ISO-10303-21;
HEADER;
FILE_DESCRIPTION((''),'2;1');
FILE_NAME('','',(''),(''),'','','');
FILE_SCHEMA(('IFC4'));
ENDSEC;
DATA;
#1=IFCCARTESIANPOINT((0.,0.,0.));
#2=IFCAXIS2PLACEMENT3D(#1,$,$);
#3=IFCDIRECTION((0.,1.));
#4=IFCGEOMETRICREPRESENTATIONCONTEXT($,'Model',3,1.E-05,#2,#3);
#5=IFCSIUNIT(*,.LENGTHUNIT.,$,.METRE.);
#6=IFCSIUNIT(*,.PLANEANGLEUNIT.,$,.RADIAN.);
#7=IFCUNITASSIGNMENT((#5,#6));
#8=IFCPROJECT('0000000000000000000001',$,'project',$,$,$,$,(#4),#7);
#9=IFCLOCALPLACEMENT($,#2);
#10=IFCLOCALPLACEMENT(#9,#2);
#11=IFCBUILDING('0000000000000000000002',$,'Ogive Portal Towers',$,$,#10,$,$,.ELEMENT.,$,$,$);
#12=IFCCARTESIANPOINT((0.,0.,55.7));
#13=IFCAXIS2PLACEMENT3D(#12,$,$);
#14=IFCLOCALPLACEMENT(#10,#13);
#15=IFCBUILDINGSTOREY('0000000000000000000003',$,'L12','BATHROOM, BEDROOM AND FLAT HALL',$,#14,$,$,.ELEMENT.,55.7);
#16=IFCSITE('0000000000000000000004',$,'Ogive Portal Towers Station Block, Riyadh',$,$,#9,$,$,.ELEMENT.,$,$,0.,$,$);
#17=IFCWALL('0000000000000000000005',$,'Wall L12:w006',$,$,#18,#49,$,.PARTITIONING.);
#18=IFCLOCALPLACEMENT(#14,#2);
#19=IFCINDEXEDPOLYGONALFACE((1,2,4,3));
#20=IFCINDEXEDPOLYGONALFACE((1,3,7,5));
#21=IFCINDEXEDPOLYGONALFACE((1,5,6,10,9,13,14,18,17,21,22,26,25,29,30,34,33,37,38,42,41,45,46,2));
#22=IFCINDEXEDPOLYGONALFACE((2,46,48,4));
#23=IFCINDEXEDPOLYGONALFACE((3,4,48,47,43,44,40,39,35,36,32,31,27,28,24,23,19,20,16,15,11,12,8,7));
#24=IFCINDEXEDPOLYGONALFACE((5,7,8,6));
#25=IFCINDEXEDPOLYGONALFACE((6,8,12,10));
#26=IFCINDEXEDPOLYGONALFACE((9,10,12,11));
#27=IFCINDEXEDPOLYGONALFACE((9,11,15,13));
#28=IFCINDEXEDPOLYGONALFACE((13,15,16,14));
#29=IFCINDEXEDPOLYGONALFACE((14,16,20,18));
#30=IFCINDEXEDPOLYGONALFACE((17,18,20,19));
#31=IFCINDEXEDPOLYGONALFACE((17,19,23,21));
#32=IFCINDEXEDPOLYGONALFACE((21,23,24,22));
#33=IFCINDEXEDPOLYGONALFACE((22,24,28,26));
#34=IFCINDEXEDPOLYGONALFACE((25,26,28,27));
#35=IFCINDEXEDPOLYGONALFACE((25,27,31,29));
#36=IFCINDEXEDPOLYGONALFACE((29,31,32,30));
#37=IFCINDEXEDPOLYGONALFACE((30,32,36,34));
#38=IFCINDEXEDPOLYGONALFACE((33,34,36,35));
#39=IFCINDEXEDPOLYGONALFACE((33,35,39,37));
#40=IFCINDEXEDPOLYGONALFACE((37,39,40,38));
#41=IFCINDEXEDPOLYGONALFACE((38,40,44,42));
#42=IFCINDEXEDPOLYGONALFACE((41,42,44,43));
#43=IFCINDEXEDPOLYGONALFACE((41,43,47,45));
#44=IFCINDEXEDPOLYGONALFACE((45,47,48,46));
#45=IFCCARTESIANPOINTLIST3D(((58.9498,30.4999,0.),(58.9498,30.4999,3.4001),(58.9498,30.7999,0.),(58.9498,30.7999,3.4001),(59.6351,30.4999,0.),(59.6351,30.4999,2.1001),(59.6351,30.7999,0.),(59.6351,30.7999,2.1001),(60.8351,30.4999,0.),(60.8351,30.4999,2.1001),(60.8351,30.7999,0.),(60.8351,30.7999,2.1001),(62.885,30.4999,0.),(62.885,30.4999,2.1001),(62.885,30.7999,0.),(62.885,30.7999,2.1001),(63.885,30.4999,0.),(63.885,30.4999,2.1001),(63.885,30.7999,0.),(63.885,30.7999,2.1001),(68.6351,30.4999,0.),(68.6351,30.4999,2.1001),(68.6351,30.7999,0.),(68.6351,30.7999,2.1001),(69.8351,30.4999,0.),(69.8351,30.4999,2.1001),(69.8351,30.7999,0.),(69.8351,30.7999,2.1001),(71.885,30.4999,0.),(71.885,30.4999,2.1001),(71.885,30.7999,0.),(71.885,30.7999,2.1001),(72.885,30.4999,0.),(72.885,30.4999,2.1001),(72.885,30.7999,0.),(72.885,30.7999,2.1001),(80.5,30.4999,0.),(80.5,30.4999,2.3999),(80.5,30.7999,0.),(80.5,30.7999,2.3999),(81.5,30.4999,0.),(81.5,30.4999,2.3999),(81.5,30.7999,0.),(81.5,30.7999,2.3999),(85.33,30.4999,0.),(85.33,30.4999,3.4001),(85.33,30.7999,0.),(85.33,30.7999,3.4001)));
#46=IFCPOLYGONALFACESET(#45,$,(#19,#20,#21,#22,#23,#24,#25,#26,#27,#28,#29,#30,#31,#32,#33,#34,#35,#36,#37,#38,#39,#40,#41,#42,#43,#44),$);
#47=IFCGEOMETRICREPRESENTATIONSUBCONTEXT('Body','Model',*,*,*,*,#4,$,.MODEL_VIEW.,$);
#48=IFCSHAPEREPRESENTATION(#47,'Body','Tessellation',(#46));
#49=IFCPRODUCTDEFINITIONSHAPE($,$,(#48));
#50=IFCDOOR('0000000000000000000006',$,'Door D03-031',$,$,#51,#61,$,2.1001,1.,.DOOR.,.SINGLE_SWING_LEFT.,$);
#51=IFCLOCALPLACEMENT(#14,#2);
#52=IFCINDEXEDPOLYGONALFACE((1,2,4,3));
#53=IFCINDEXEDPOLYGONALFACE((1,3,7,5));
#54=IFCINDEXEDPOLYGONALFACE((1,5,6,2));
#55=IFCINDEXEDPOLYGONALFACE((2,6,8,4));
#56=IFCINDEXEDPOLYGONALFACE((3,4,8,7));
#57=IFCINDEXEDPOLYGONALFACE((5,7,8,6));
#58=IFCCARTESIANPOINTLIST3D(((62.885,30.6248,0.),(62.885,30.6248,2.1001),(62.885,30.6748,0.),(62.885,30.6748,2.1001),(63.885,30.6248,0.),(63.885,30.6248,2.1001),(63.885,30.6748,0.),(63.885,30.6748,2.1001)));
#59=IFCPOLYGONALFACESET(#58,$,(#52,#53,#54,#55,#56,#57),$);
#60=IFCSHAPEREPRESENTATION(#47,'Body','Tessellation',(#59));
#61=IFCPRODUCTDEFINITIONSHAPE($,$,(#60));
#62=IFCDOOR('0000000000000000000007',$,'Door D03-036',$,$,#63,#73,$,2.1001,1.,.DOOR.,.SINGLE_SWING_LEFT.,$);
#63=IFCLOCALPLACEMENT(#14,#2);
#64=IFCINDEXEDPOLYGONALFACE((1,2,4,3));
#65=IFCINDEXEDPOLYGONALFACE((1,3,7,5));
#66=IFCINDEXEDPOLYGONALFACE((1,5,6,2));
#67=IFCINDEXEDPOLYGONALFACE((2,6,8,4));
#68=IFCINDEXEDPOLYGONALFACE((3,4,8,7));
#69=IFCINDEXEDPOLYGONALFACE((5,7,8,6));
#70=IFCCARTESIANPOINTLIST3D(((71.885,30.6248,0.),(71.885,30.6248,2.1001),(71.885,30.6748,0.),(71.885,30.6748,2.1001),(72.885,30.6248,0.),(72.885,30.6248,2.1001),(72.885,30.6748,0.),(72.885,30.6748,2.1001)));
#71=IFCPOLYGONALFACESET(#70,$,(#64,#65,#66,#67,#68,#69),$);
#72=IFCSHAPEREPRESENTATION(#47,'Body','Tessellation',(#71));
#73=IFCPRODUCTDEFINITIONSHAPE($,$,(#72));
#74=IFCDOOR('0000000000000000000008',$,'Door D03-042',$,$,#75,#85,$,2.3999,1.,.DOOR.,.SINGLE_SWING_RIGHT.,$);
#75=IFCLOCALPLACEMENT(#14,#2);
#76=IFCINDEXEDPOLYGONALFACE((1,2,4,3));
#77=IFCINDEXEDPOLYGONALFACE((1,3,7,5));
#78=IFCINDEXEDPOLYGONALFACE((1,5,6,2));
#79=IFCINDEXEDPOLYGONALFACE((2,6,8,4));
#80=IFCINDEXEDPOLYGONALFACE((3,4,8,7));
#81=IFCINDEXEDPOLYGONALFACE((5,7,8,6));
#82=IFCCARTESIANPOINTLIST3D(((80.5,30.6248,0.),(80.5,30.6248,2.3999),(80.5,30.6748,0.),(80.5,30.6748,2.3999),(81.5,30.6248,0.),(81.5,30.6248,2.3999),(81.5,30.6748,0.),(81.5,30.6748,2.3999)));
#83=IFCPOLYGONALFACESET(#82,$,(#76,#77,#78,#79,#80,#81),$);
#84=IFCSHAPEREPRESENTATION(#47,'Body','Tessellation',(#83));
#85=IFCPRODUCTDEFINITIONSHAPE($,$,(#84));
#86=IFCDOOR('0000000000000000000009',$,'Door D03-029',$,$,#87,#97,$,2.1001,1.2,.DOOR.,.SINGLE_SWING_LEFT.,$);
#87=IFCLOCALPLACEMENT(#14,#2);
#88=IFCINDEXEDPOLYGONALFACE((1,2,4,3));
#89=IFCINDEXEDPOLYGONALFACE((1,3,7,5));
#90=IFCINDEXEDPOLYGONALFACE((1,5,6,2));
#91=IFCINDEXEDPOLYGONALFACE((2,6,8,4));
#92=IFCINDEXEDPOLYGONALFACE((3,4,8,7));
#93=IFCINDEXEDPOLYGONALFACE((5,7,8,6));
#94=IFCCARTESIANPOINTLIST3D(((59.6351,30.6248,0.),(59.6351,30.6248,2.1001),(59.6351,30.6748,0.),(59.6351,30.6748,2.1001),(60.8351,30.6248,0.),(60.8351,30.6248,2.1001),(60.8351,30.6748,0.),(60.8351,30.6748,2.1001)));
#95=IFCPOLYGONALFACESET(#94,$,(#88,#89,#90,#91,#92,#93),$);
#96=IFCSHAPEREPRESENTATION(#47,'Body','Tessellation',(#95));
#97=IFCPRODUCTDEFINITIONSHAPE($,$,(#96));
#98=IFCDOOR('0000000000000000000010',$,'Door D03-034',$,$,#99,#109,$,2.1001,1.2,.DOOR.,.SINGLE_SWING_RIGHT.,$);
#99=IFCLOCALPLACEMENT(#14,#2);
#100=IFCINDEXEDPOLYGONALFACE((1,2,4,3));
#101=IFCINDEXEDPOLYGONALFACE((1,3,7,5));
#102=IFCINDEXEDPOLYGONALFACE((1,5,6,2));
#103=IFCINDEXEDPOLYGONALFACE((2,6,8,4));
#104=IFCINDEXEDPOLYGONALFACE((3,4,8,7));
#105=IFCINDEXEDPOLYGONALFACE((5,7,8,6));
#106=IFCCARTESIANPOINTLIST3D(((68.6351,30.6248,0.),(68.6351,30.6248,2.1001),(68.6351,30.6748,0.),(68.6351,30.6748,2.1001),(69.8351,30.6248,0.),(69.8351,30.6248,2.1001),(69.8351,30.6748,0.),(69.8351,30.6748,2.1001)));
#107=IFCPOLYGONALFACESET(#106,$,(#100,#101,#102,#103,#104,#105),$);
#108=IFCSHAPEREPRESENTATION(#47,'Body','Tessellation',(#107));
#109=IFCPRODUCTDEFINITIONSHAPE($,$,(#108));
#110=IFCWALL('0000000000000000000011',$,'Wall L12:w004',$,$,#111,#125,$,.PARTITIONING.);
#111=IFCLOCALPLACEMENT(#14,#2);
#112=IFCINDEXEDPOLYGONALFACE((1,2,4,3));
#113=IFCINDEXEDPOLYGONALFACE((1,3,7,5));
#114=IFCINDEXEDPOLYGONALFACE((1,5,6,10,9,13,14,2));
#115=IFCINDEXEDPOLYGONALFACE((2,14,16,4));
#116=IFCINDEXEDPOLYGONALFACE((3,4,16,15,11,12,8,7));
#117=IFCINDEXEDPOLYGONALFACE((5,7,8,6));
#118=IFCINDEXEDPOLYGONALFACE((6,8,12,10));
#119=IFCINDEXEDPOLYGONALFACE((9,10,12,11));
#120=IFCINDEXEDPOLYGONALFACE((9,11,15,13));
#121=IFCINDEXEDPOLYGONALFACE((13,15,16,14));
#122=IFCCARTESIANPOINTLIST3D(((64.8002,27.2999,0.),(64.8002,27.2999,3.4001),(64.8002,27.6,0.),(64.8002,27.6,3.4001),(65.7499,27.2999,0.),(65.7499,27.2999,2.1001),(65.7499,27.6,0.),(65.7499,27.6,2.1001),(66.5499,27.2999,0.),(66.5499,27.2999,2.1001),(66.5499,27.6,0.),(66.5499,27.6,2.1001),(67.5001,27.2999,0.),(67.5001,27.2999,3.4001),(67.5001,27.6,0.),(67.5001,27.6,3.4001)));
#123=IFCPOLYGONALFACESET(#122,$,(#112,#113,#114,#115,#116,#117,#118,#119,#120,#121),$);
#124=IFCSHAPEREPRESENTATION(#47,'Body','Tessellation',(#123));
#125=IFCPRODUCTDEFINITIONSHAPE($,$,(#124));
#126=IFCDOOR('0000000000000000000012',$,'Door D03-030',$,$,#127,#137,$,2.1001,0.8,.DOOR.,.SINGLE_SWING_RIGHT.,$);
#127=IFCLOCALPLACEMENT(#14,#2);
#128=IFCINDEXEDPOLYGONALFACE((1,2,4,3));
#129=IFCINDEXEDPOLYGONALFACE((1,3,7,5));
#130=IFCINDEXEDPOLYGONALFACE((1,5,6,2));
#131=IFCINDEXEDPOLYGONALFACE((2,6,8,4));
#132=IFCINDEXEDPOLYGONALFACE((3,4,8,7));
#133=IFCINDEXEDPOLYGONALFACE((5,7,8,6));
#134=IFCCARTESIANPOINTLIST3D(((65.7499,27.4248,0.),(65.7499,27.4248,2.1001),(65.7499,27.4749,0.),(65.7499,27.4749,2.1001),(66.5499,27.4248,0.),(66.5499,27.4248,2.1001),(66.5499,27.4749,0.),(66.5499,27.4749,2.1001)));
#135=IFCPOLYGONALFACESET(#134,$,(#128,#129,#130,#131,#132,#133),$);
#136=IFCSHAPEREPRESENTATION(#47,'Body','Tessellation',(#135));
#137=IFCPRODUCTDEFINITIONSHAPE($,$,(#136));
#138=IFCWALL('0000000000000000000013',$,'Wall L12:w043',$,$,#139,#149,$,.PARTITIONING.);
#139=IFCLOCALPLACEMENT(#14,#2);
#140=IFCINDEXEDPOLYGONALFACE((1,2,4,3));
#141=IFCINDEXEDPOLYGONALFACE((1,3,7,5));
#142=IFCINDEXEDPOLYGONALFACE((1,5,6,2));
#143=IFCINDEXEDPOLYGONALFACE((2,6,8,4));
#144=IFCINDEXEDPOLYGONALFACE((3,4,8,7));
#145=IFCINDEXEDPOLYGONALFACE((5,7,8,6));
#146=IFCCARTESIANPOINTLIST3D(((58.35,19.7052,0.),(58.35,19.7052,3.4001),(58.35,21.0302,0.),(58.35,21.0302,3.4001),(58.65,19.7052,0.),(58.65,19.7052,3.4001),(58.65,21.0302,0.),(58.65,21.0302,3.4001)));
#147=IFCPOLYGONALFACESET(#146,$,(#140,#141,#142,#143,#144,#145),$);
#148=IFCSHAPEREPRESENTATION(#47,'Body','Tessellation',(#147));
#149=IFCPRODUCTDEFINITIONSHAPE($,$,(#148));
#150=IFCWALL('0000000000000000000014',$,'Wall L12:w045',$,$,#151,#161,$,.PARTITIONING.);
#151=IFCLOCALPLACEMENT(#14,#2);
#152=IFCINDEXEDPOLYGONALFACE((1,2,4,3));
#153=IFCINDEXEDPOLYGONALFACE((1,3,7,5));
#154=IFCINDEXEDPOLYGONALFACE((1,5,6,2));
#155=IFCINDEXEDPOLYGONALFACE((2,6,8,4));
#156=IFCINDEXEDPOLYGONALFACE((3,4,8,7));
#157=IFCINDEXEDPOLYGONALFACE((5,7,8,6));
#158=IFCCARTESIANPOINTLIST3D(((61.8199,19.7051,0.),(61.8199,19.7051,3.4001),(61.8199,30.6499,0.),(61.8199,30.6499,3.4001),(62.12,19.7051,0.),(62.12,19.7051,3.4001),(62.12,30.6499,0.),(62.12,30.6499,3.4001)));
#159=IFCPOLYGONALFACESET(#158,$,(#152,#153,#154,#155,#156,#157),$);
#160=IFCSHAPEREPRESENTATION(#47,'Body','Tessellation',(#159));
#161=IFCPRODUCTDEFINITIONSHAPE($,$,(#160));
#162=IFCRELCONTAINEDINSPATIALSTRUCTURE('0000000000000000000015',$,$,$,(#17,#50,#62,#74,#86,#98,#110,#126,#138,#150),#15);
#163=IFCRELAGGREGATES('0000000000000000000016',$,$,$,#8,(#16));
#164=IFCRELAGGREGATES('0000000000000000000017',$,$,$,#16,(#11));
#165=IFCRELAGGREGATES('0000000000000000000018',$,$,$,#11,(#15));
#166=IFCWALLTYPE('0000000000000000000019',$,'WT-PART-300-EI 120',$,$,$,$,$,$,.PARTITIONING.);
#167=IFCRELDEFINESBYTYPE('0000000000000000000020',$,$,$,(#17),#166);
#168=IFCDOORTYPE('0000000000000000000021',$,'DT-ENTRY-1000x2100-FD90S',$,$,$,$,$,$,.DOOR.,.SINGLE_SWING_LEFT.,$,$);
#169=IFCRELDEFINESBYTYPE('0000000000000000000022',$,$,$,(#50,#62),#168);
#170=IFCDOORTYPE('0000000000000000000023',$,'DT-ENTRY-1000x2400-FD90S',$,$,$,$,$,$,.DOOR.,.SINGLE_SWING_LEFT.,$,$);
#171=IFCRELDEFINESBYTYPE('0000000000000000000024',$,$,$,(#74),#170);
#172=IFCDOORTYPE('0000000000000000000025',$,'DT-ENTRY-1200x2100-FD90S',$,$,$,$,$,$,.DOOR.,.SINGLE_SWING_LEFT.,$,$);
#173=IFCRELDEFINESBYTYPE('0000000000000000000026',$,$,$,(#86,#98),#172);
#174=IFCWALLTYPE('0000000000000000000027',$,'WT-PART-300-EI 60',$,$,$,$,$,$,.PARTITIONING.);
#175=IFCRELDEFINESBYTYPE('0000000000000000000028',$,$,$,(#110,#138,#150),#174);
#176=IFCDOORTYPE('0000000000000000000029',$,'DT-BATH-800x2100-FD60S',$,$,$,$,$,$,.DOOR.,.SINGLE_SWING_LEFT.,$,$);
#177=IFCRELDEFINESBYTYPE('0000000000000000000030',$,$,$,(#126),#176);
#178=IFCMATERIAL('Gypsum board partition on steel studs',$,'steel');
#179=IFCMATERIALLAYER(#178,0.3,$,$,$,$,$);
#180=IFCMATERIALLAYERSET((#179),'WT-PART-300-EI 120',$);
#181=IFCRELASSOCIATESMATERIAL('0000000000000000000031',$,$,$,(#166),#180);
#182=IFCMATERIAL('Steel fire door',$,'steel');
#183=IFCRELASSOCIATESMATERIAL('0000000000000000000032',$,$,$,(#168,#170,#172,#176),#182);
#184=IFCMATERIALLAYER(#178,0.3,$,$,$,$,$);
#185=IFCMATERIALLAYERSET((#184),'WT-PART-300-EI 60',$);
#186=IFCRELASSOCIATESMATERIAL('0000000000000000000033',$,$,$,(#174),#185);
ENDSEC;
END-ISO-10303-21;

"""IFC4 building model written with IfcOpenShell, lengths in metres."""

from ifc_helpers import new_model, si_unit, direction, frame, frame_2d, origin, place, context, subcontext, project, spatial, rectangle, extrude, material, layer, layer_set, type_object, element, fill, save


model = new_model("IFC4")

# Units and contexts
model_context = context("Model", 3, precision=1e-05, world=origin(), true_north=direction((0.0, 1.0)))
body_context = subcontext(model_context, "Body", "Model", "MODEL_VIEW")
ifc_project = project(units=[si_unit("LENGTHUNIT", "METRE"), si_unit("PLANEANGLEUNIT", "RADIAN")], contexts=[model_context])

# Site, building, storey
site_placement = place(None, origin())
site = spatial("IfcSite", under=ifc_project, at=site_placement, Name="Ogive Portal Towers Station Block, Riyadh", CompositionType="ELEMENT", RefElevation=0.0)
building_placement = place(site_placement, origin())
building = spatial("IfcBuilding", under=site, at=building_placement, Name="Ogive Portal Towers", CompositionType="ELEMENT")
storey_placement = place(building_placement, frame((0.0, 0.0, 55.7)))
storey = spatial("IfcBuildingStorey", under=building, at=storey_placement, Name="L12", Description="BATHROOM, BEDROOM AND FLAT HALL", CompositionType="ELEMENT", Elevation=55.7)

# Shared definitions
ifc_material_1 = material(Name="Steel fire door", Category="steel")

# Shared definitions
ifc_material_2 = material(Name="Gypsum board partition on steel studs", Category="steel")

# Wall, openings, doors
ifc_layer_1 = layer(ifc_material_2, 0.3)
ifc_layer_set_1 = layer_set([ifc_layer_1], Name="WT-PART-300-EI 120")
wall_type_1 = type_object("IfcWallType", Name="WT-PART-300-EI 120", PredefinedType="PARTITIONING", material=ifc_layer_set_1)
wall_1_placement = place(storey_placement, frame((58.95, 30.6499, 0.0), z_axis=(0.0, 0.0, 1.0), x_axis=(1.0, 0.0, 0.0)))
wall_1 = element("IfcWall", 1, at=wall_1_placement, inside=storey, type_object=wall_type_1, Name="Wall L12:w006", PredefinedType="PARTITIONING", context=body_context, shape_type="SweptSolid", body=[
    extrude(rectangle(XDim=26.3801, YDim=0.3, at=frame_2d((13.1899, 0.0))), origin(), (0.0, 0.0, 1.0), 3.4001),
])
opening_1_placement = place(wall_1_placement, frame((0.6851, 0.0, 0.0)))
opening_1 = element("IfcOpeningElement", 2, at=opening_1_placement, cuts=wall_1, PredefinedType="OPENING", context=body_context, shape_type="SweptSolid", body=[
    extrude(rectangle(XDim=1.2, YDim=2.1001, at=frame_2d((0.6001, 1.05))), frame((0.0, 0.1602, 0.0), z_axis=(0.0, -1.0, 0.0), x_axis=(1.0, 0.0, 0.0)), (0.0, 0.0, 1.0), 0.3201),
])
opening_2_placement = place(wall_1_placement, frame((3.9351, 0.0, 0.0)))
opening_2 = element("IfcOpeningElement", 3, at=opening_2_placement, cuts=wall_1, PredefinedType="OPENING", context=body_context, shape_type="SweptSolid", body=[
    extrude(rectangle(XDim=1.0, YDim=2.1001, at=frame_2d((0.5, 1.05))), frame((0.0, 0.1602, 0.0), z_axis=(0.0, -1.0, 0.0), x_axis=(1.0, 0.0, 0.0)), (0.0, 0.0, 1.0), 0.3201),
])
opening_3_placement = place(wall_1_placement, frame((9.6851, 0.0, 0.0)))
opening_3 = element("IfcOpeningElement", 4, at=opening_3_placement, cuts=wall_1, PredefinedType="OPENING", context=body_context, shape_type="SweptSolid", body=[
    extrude(rectangle(XDim=1.2, YDim=2.1001, at=frame_2d((0.6001, 1.05))), frame((0.0, 0.1602, 0.0), z_axis=(0.0, -1.0, 0.0), x_axis=(1.0, 0.0, 0.0)), (0.0, 0.0, 1.0), 0.3201),
])
opening_4_placement = place(wall_1_placement, frame((12.9351, 0.0, 0.0)))
opening_4 = element("IfcOpeningElement", 5, at=opening_4_placement, cuts=wall_1, PredefinedType="OPENING", context=body_context, shape_type="SweptSolid", body=[
    extrude(rectangle(XDim=1.0, YDim=2.1001, at=frame_2d((0.5, 1.05))), frame((0.0, 0.1602, 0.0), z_axis=(0.0, -1.0, 0.0), x_axis=(1.0, 0.0, 0.0)), (0.0, 0.0, 1.0), 0.3201),
])
opening_5_placement = place(wall_1_placement, frame((21.55, 0.0, 0.0)))
opening_5 = element("IfcOpeningElement", 6, at=opening_5_placement, cuts=wall_1, PredefinedType="OPENING", context=body_context, shape_type="SweptSolid", body=[
    extrude(rectangle(XDim=1.0, YDim=2.3999, at=frame_2d((0.5, 1.2))), frame((0.0, 0.1602, 0.0), z_axis=(0.0, -1.0, 0.0), x_axis=(1.0, 0.0, 0.0)), (0.0, 0.0, 1.0), 0.3201),
])
door_type_1 = type_object("IfcDoorType", Name="DT-ENTRY-1000x2100-FD90S", OperationType="SINGLE_SWING_LEFT", PredefinedType="DOOR", material=ifc_material_1)
door_1_placement = place(opening_2_placement, origin())
door_1 = element("IfcDoor", 7, at=door_1_placement, inside=storey, type_object=door_type_1, Name="Door D03-031", OperationType="SINGLE_SWING_LEFT", OverallHeight=2.1001, OverallWidth=1.0, PredefinedType="DOOR", context=body_context, shape_type="SweptSolid", body=[
    extrude(rectangle(XDim=1.0, YDim=2.1001, at=frame_2d((0.5, 1.05))), frame((0.0, 0.0249, 0.0), z_axis=(0.0, -1.0, 0.0), x_axis=(1.0, 0.0, 0.0)), (0.0, 0.0, 1.0), 0.05),
])
fill(opening_2, door_1)
door_2_placement = place(opening_4_placement, origin())
door_2 = element("IfcDoor", 8, at=door_2_placement, inside=storey, type_object=door_type_1, Name="Door D03-036", OperationType="SINGLE_SWING_LEFT", OverallHeight=2.1001, OverallWidth=1.0, PredefinedType="DOOR", context=body_context, shape_type="SweptSolid", body=[
    extrude(rectangle(XDim=1.0, YDim=2.1001, at=frame_2d((0.5, 1.05))), frame((0.0, 0.0249, 0.0), z_axis=(0.0, -1.0, 0.0), x_axis=(1.0, 0.0, 0.0)), (0.0, 0.0, 1.0), 0.05),
])
fill(opening_4, door_2)
door_type_2 = type_object("IfcDoorType", Name="DT-ENTRY-1000x2400-FD90S", OperationType="SINGLE_SWING_LEFT", PredefinedType="DOOR", material=ifc_material_1)
door_3_placement = place(opening_5_placement, origin())
door_3 = element("IfcDoor", 9, at=door_3_placement, inside=storey, type_object=door_type_2, Name="Door D03-042", OperationType="SINGLE_SWING_RIGHT", OverallHeight=2.3999, OverallWidth=1.0, PredefinedType="DOOR", context=body_context, shape_type="SweptSolid", body=[
    extrude(rectangle(XDim=1.0, YDim=2.3999, at=frame_2d((0.5, 1.2))), frame((0.0, 0.0249, 0.0), z_axis=(0.0, -1.0, 0.0), x_axis=(1.0, 0.0, 0.0)), (0.0, 0.0, 1.0), 0.05),
])
fill(opening_5, door_3)
door_type_3 = type_object("IfcDoorType", Name="DT-ENTRY-1200x2100-FD90S", OperationType="SINGLE_SWING_LEFT", PredefinedType="DOOR", material=ifc_material_1)
door_4_placement = place(opening_1_placement, origin())
door_4 = element("IfcDoor", 10, at=door_4_placement, inside=storey, type_object=door_type_3, Name="Door D03-029", OperationType="SINGLE_SWING_LEFT", OverallHeight=2.1001, OverallWidth=1.2, PredefinedType="DOOR", context=body_context, shape_type="SweptSolid", body=[
    extrude(rectangle(XDim=1.2, YDim=2.1001, at=frame_2d((0.6001, 1.05))), frame((0.0, 0.0249, 0.0), z_axis=(0.0, -1.0, 0.0), x_axis=(1.0, 0.0, 0.0)), (0.0, 0.0, 1.0), 0.05),
])
fill(opening_1, door_4)
door_5_placement = place(opening_3_placement, origin())
door_5 = element("IfcDoor", 11, at=door_5_placement, inside=storey, type_object=door_type_3, Name="Door D03-034", OperationType="SINGLE_SWING_RIGHT", OverallHeight=2.1001, OverallWidth=1.2, PredefinedType="DOOR", context=body_context, shape_type="SweptSolid", body=[
    extrude(rectangle(XDim=1.2, YDim=2.1001, at=frame_2d((0.6001, 1.05))), frame((0.0, 0.0249, 0.0), z_axis=(0.0, -1.0, 0.0), x_axis=(1.0, 0.0, 0.0)), (0.0, 0.0, 1.0), 0.05),
])
fill(opening_3, door_5)

# Wall, opening, door
ifc_layer_2 = layer(ifc_material_2, 0.3)
ifc_layer_set_2 = layer_set([ifc_layer_2], Name="WT-PART-300-EI 60")
wall_type_2 = type_object("IfcWallType", Name="WT-PART-300-EI 60", PredefinedType="PARTITIONING", material=ifc_layer_set_2)
wall_2_placement = place(storey_placement, frame((64.8, 27.45, 0.0), z_axis=(0.0, 0.0, 1.0), x_axis=(1.0, 0.0, 0.0)))
wall_2 = element("IfcWall", 12, at=wall_2_placement, inside=storey, type_object=wall_type_2, Name="Wall L12:w004", PredefinedType="PARTITIONING", context=body_context, shape_type="SweptSolid", body=[
    extrude(rectangle(XDim=2.7, YDim=0.3, at=frame_2d((1.3501, 0.0))), origin(), (0.0, 0.0, 1.0), 3.4001),
])
opening_6_placement = place(wall_2_placement, frame((0.95, 0.0, 0.0)))
opening_6 = element("IfcOpeningElement", 13, at=opening_6_placement, cuts=wall_2, PredefinedType="OPENING", context=body_context, shape_type="SweptSolid", body=[
    extrude(rectangle(XDim=0.8, YDim=2.1001, at=frame_2d((0.3999, 1.05))), frame((0.0, 0.1602, 0.0), z_axis=(0.0, -1.0, 0.0), x_axis=(1.0, 0.0, 0.0)), (0.0, 0.0, 1.0), 0.3201),
])
door_type_4 = type_object("IfcDoorType", Name="DT-BATH-800x2100-FD60S", OperationType="SINGLE_SWING_LEFT", PredefinedType="DOOR", material=ifc_material_1)
door_6_placement = place(opening_6_placement, origin())
door_6 = element("IfcDoor", 14, at=door_6_placement, inside=storey, type_object=door_type_4, Name="Door D03-030", OperationType="SINGLE_SWING_RIGHT", OverallHeight=2.1001, OverallWidth=0.8, PredefinedType="DOOR", context=body_context, shape_type="SweptSolid", body=[
    extrude(rectangle(XDim=0.8, YDim=2.1001, at=frame_2d((0.3999, 1.05))), frame((0.0, 0.0249, 0.0), z_axis=(0.0, -1.0, 0.0), x_axis=(1.0, 0.0, 0.0)), (0.0, 0.0, 1.0), 0.05),
])
fill(opening_6, door_6)

# Walls
wall_3_placement = place(storey_placement, frame((58.5, 19.7051, 0.0), z_axis=(0.0, 0.0, 1.0), x_axis=(0.0, 1.0, 0.0)))
element("IfcWall", 15, at=wall_3_placement, inside=storey, type_object=wall_type_2, Name="Wall L12:w043", PredefinedType="PARTITIONING", context=body_context, shape_type="SweptSolid", body=[
    extrude(rectangle(XDim=1.325, YDim=0.3, at=frame_2d((0.6626, 0.0))), origin(), (0.0, 0.0, 1.0), 3.4001),
])
wall_4_placement = place(storey_placement, frame((61.97, 19.7051, 0.0), z_axis=(0.0, 0.0, 1.0), x_axis=(0.0, 1.0, 0.0)))
element("IfcWall", 16, at=wall_4_placement, inside=storey, type_object=wall_type_2, Name="Wall L12:w045", PredefinedType="PARTITIONING", context=body_context, shape_type="SweptSolid", body=[
    extrude(rectangle(XDim=10.9448, YDim=0.3, at=frame_2d((5.4724, 0.0))), origin(), (0.0, 0.0, 1.0), 3.4001),
])

save(model, "model.ifc")
